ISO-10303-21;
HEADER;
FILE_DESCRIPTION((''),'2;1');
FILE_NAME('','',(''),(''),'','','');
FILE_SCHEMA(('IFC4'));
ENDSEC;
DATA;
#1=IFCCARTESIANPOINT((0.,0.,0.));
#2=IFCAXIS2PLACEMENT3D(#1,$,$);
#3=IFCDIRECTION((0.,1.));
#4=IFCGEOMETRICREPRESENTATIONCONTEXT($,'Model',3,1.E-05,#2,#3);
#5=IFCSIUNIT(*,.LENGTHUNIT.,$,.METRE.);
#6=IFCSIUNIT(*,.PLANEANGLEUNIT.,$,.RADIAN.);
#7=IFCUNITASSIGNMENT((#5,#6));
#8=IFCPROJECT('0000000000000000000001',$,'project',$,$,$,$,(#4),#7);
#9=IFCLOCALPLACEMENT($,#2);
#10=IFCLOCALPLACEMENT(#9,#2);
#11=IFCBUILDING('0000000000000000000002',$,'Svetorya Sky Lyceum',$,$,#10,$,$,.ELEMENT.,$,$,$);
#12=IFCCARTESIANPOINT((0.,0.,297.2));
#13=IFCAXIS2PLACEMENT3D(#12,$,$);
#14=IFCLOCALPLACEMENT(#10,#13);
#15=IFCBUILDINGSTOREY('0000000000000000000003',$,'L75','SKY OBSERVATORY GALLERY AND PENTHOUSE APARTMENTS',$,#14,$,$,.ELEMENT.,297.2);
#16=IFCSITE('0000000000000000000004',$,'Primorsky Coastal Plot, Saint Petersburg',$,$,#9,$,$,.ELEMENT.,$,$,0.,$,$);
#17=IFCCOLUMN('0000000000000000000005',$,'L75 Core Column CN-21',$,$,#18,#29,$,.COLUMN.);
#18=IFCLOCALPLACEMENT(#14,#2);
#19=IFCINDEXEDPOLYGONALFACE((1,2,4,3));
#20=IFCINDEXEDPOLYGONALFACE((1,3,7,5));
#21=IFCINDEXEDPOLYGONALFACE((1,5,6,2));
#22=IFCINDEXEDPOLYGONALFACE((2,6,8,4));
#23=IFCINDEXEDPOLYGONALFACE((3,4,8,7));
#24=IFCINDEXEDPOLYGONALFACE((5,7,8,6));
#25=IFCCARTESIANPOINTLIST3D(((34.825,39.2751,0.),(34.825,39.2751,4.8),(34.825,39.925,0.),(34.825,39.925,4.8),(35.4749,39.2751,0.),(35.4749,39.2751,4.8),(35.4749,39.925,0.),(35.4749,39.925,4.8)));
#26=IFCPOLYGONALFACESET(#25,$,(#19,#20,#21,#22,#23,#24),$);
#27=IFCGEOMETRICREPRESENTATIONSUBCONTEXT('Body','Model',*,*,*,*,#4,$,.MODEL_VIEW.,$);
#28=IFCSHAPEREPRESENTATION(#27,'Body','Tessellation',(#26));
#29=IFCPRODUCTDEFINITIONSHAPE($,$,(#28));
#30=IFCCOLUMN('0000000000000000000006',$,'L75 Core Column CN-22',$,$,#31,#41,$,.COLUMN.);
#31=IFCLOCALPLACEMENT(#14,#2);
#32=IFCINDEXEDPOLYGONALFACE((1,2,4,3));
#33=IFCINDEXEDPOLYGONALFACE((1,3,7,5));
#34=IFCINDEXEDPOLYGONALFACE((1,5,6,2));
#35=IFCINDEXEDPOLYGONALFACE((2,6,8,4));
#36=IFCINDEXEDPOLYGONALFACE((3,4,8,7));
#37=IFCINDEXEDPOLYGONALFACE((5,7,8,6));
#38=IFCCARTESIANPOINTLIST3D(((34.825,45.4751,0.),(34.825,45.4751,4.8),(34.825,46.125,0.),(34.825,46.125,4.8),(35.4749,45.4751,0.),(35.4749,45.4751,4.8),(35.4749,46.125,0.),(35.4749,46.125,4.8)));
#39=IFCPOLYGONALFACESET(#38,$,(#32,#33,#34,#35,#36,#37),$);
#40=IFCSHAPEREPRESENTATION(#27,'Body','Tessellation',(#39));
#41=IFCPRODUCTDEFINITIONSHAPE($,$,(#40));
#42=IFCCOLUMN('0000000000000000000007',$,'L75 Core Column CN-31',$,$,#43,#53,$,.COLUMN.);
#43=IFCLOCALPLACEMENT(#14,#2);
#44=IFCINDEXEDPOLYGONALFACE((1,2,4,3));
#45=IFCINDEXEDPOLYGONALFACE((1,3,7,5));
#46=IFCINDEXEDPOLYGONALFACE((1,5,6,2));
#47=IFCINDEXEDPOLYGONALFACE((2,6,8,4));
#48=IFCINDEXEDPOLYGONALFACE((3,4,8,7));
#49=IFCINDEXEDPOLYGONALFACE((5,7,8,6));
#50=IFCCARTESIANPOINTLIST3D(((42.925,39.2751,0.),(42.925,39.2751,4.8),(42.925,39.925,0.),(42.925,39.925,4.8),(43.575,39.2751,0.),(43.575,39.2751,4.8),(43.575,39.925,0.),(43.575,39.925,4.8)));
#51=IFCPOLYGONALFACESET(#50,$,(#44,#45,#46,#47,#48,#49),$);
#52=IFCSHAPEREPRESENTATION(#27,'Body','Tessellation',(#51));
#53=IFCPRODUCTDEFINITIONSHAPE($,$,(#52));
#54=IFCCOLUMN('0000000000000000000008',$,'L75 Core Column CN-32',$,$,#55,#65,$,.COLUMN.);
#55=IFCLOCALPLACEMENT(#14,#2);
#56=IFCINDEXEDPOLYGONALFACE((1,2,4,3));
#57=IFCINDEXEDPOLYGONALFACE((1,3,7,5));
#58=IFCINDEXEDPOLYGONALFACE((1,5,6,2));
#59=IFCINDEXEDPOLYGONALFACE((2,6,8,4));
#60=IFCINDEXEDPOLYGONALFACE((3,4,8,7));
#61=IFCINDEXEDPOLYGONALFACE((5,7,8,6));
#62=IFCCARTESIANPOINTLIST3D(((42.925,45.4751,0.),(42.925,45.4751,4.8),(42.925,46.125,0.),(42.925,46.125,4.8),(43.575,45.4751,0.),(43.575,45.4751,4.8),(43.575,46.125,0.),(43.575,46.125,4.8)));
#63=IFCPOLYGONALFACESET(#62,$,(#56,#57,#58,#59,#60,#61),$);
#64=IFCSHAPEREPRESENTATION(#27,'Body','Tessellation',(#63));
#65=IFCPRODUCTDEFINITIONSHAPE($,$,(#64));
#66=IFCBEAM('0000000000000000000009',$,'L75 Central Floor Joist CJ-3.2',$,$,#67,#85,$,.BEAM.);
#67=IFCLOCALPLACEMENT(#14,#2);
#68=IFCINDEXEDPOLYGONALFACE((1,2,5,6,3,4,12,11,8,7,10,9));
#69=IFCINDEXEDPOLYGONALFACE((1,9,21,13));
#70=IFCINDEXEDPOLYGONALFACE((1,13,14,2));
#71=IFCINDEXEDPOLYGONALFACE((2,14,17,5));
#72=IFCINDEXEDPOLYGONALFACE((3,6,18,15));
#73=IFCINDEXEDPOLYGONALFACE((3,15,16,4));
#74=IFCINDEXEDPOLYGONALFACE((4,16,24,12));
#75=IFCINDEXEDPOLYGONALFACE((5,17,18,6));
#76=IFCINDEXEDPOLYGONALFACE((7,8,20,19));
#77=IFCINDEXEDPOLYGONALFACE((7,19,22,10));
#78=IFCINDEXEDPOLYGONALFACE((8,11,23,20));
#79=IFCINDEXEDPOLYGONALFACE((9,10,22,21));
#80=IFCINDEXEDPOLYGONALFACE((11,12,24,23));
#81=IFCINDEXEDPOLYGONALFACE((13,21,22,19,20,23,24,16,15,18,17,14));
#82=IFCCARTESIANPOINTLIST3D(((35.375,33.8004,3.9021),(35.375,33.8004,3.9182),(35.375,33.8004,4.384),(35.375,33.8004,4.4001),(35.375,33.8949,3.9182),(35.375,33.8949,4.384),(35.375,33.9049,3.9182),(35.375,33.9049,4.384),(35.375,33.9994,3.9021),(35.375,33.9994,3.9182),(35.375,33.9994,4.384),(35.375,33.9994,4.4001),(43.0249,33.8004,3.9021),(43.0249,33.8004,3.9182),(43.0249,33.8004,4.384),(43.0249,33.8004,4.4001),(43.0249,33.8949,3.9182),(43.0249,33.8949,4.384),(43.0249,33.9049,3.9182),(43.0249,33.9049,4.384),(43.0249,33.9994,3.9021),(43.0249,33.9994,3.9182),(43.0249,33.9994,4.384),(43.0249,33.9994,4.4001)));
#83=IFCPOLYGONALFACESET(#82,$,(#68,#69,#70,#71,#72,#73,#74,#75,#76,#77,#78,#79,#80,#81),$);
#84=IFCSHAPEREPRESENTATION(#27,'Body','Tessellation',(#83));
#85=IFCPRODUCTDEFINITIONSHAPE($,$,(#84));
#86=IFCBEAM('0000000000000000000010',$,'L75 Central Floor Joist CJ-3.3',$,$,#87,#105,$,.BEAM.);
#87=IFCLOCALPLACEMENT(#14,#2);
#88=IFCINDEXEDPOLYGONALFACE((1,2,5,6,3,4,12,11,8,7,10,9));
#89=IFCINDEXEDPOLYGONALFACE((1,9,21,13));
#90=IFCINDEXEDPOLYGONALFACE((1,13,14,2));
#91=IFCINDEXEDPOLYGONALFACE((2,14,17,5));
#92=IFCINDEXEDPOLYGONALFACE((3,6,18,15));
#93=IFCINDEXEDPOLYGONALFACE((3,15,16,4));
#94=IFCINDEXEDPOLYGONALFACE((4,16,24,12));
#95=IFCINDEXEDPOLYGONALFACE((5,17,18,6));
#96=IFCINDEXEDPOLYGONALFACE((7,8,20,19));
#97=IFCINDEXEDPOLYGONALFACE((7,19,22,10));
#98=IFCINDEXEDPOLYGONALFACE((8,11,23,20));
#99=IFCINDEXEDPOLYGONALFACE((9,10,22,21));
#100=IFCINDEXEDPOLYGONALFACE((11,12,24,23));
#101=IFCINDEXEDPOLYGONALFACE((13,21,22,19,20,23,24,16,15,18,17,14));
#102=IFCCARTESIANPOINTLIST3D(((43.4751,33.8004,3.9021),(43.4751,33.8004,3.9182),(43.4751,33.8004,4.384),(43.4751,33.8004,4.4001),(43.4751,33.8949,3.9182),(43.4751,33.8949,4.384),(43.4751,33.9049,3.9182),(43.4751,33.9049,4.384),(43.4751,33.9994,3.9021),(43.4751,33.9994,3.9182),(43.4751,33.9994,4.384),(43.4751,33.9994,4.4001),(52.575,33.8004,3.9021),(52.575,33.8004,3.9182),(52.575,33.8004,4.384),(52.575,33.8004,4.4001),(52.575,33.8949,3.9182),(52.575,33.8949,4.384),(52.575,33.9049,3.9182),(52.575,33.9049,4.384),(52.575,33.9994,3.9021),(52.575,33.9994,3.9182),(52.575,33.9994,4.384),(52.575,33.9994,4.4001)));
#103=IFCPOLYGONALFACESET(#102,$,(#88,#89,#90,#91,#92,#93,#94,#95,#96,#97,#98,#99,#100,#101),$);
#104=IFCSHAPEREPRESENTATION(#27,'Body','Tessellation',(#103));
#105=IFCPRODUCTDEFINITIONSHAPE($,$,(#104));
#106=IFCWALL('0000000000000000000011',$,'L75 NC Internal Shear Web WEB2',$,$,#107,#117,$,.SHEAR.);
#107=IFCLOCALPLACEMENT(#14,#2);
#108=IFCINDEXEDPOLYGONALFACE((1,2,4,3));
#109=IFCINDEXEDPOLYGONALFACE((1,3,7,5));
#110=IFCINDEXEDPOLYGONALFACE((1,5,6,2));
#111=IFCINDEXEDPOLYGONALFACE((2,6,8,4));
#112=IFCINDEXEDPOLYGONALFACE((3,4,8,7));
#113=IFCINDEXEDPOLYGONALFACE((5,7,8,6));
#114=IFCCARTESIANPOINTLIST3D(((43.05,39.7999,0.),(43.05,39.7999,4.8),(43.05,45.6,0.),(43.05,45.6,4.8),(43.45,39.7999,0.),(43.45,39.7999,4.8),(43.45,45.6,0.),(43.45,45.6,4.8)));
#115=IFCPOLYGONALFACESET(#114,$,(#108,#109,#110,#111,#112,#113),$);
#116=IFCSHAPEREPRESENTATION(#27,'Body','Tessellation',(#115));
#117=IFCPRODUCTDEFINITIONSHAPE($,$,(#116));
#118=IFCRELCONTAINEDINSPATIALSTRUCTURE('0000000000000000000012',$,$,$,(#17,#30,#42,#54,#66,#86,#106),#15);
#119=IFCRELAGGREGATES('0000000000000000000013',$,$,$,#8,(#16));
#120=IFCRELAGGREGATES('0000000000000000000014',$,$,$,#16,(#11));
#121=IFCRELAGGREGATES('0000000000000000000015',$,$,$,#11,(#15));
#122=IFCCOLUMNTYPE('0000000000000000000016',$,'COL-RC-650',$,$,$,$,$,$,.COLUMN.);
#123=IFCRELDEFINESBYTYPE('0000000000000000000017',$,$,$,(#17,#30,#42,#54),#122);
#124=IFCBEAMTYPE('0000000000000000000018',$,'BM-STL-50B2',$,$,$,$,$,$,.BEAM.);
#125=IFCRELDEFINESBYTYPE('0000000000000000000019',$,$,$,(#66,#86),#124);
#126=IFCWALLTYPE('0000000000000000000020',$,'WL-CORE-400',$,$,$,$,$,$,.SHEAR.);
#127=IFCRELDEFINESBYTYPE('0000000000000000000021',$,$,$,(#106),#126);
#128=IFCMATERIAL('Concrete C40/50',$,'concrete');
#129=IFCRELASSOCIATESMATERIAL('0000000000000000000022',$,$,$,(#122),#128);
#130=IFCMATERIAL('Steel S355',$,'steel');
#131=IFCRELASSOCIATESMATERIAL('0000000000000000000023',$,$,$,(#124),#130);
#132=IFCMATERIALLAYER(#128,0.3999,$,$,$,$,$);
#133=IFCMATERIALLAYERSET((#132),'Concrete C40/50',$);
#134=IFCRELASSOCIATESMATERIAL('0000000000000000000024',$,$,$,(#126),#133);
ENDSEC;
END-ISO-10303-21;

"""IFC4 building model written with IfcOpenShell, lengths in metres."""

from ifc_helpers import new_model, si_unit, direction, frame, frame_2d, origin, origin_2d, place, context, subcontext, project, spatial, rectangle, i_section, extrude, material, layer, layer_set, material_profile, profile_set, type_object, element, save


model = new_model("IFC4")

# Units and contexts
model_context = context("Model", 3, precision=1e-05, world=origin(), true_north=direction((0.0, 1.0)))
body_context = subcontext(model_context, "Body", "Model", "MODEL_VIEW")
ifc_project = project(units=[si_unit("LENGTHUNIT", "METRE"), si_unit("PLANEANGLEUNIT", "RADIAN")], contexts=[model_context])

# Site, building, storey
site_placement = place(None, origin())
site = spatial("IfcSite", under=ifc_project, at=site_placement, Name="Primorsky Coastal Plot, Saint Petersburg", CompositionType="ELEMENT", RefElevation=0.0)
building_placement = place(site_placement, origin())
building = spatial("IfcBuilding", under=site, at=building_placement, Name="Svetorya Sky Lyceum", CompositionType="ELEMENT")
storey_placement = place(building_placement, frame((0.0, 0.0, 297.2)))
storey = spatial("IfcBuildingStorey", under=building, at=storey_placement, Name="L75", Description="SKY OBSERVATORY GALLERY AND PENTHOUSE APARTMENTS", CompositionType="ELEMENT", Elevation=297.2)

# Columns
ifc_material_1 = material(Name="Concrete C40/50", Category="concrete")
ifc_material_profile_1 = material_profile(ifc_material_1, rectangle(XDim=0.6499, YDim=0.6499, at=origin_2d()), Name="RC COL 650x650")
ifc_profile_set_1 = profile_set([ifc_material_profile_1], Name="Concrete C40/50")
column_type = type_object("IfcColumnType", Name="COL-RC-650", PredefinedType="COLUMN", material=ifc_profile_set_1)
for number, where, z_axis, x_axis, name in (
    (1, (35.1499, 39.6001, 0.0), (0.0, 0.0, 1.0), (1.0, 0.0, 0.0), "L75 Core Column CN-21"),
    (2, (35.1499, 45.8, 0.0), (0.0, 0.0, 1.0), (1.0, 0.0, 0.0), "L75 Core Column CN-22"),
    (3, (43.25, 39.6001, 0.0), (0.0, 0.0, 1.0), (1.0, 0.0, 0.0), "L75 Core Column CN-31"),
    (4, (43.25, 45.8, 0.0), (0.0, 0.0, 1.0), (1.0, 0.0, 0.0), "L75 Core Column CN-32"),
):
    element("IfcColumn", number, at=place(storey_placement, frame(where, z_axis=z_axis, x_axis=x_axis)), inside=storey, type_object=column_type, Name=name, PredefinedType="COLUMN", context=body_context, shape_type="SweptSolid", body=[
        extrude(rectangle(XDim=0.6499, YDim=0.6499, at=origin_2d()), origin(), (0.0, 0.0, 1.0), 4.8),
    ])

# Beams
ifc_material_2 = material(Name="Steel S355", Category="steel")
ifc_material_profile_2 = material_profile(ifc_material_2, i_section(OverallWidth=0.199, OverallDepth=0.498, WebThickness=0.01, FlangeThickness=0.0161, at=origin_2d()), Name="GOST 50B2")
ifc_profile_set_2 = profile_set([ifc_material_profile_2], Name="Steel S355")
beam_type = type_object("IfcBeamType", Name="BM-STL-50B2", PredefinedType="BEAM", material=ifc_profile_set_2)
beam_1_placement = place(storey_placement, frame((35.375, 33.8999, 4.1511), z_axis=(1.0, 0.0, 0.0), x_axis=(0.0, 1.0, 0.0)))
element("IfcBeam", 5, at=beam_1_placement, inside=storey, type_object=beam_type, Name="L75 Central Floor Joist CJ-3.2", PredefinedType="BEAM", context=body_context, shape_type="SweptSolid", body=[
    extrude(i_section(OverallWidth=0.199, OverallDepth=0.498, WebThickness=0.01, FlangeThickness=0.0161, at=origin_2d()), origin(), (0.0, 0.0, 1.0), 7.6499),
])
beam_2_placement = place(storey_placement, frame((43.4751, 33.8999, 4.1511), z_axis=(1.0, 0.0, 0.0), x_axis=(0.0, 1.0, 0.0)))
element("IfcBeam", 6, at=beam_2_placement, inside=storey, type_object=beam_type, Name="L75 Central Floor Joist CJ-3.3", PredefinedType="BEAM", context=body_context, shape_type="SweptSolid", body=[
    extrude(i_section(OverallWidth=0.199, OverallDepth=0.498, WebThickness=0.01, FlangeThickness=0.0161, at=origin_2d()), origin(), (0.0, 0.0, 1.0), 9.0999),
])

# Wall
ifc_layer_1 = layer(ifc_material_1, 0.3999)
ifc_layer_set_1 = layer_set([ifc_layer_1], Name="Concrete C40/50")
wall_type_1 = type_object("IfcWallType", Name="WL-CORE-400", PredefinedType="SHEAR", material=ifc_layer_set_1)
wall_1_placement = place(storey_placement, frame((43.25, 39.8, 0.0), z_axis=(0.0, 0.0, 1.0), x_axis=(0.0, 1.0, 0.0)))
element("IfcWall", 7, at=wall_1_placement, inside=storey, type_object=wall_type_1, Name="L75 NC Internal Shear Web WEB2", PredefinedType="SHEAR", context=body_context, shape_type="SweptSolid", body=[
    extrude(rectangle(XDim=5.8, YDim=0.3999, at=frame_2d((2.8999, 0.0))), origin(), (0.0, 0.0, 1.0), 4.8),
])

save(model, "model.ifc")
